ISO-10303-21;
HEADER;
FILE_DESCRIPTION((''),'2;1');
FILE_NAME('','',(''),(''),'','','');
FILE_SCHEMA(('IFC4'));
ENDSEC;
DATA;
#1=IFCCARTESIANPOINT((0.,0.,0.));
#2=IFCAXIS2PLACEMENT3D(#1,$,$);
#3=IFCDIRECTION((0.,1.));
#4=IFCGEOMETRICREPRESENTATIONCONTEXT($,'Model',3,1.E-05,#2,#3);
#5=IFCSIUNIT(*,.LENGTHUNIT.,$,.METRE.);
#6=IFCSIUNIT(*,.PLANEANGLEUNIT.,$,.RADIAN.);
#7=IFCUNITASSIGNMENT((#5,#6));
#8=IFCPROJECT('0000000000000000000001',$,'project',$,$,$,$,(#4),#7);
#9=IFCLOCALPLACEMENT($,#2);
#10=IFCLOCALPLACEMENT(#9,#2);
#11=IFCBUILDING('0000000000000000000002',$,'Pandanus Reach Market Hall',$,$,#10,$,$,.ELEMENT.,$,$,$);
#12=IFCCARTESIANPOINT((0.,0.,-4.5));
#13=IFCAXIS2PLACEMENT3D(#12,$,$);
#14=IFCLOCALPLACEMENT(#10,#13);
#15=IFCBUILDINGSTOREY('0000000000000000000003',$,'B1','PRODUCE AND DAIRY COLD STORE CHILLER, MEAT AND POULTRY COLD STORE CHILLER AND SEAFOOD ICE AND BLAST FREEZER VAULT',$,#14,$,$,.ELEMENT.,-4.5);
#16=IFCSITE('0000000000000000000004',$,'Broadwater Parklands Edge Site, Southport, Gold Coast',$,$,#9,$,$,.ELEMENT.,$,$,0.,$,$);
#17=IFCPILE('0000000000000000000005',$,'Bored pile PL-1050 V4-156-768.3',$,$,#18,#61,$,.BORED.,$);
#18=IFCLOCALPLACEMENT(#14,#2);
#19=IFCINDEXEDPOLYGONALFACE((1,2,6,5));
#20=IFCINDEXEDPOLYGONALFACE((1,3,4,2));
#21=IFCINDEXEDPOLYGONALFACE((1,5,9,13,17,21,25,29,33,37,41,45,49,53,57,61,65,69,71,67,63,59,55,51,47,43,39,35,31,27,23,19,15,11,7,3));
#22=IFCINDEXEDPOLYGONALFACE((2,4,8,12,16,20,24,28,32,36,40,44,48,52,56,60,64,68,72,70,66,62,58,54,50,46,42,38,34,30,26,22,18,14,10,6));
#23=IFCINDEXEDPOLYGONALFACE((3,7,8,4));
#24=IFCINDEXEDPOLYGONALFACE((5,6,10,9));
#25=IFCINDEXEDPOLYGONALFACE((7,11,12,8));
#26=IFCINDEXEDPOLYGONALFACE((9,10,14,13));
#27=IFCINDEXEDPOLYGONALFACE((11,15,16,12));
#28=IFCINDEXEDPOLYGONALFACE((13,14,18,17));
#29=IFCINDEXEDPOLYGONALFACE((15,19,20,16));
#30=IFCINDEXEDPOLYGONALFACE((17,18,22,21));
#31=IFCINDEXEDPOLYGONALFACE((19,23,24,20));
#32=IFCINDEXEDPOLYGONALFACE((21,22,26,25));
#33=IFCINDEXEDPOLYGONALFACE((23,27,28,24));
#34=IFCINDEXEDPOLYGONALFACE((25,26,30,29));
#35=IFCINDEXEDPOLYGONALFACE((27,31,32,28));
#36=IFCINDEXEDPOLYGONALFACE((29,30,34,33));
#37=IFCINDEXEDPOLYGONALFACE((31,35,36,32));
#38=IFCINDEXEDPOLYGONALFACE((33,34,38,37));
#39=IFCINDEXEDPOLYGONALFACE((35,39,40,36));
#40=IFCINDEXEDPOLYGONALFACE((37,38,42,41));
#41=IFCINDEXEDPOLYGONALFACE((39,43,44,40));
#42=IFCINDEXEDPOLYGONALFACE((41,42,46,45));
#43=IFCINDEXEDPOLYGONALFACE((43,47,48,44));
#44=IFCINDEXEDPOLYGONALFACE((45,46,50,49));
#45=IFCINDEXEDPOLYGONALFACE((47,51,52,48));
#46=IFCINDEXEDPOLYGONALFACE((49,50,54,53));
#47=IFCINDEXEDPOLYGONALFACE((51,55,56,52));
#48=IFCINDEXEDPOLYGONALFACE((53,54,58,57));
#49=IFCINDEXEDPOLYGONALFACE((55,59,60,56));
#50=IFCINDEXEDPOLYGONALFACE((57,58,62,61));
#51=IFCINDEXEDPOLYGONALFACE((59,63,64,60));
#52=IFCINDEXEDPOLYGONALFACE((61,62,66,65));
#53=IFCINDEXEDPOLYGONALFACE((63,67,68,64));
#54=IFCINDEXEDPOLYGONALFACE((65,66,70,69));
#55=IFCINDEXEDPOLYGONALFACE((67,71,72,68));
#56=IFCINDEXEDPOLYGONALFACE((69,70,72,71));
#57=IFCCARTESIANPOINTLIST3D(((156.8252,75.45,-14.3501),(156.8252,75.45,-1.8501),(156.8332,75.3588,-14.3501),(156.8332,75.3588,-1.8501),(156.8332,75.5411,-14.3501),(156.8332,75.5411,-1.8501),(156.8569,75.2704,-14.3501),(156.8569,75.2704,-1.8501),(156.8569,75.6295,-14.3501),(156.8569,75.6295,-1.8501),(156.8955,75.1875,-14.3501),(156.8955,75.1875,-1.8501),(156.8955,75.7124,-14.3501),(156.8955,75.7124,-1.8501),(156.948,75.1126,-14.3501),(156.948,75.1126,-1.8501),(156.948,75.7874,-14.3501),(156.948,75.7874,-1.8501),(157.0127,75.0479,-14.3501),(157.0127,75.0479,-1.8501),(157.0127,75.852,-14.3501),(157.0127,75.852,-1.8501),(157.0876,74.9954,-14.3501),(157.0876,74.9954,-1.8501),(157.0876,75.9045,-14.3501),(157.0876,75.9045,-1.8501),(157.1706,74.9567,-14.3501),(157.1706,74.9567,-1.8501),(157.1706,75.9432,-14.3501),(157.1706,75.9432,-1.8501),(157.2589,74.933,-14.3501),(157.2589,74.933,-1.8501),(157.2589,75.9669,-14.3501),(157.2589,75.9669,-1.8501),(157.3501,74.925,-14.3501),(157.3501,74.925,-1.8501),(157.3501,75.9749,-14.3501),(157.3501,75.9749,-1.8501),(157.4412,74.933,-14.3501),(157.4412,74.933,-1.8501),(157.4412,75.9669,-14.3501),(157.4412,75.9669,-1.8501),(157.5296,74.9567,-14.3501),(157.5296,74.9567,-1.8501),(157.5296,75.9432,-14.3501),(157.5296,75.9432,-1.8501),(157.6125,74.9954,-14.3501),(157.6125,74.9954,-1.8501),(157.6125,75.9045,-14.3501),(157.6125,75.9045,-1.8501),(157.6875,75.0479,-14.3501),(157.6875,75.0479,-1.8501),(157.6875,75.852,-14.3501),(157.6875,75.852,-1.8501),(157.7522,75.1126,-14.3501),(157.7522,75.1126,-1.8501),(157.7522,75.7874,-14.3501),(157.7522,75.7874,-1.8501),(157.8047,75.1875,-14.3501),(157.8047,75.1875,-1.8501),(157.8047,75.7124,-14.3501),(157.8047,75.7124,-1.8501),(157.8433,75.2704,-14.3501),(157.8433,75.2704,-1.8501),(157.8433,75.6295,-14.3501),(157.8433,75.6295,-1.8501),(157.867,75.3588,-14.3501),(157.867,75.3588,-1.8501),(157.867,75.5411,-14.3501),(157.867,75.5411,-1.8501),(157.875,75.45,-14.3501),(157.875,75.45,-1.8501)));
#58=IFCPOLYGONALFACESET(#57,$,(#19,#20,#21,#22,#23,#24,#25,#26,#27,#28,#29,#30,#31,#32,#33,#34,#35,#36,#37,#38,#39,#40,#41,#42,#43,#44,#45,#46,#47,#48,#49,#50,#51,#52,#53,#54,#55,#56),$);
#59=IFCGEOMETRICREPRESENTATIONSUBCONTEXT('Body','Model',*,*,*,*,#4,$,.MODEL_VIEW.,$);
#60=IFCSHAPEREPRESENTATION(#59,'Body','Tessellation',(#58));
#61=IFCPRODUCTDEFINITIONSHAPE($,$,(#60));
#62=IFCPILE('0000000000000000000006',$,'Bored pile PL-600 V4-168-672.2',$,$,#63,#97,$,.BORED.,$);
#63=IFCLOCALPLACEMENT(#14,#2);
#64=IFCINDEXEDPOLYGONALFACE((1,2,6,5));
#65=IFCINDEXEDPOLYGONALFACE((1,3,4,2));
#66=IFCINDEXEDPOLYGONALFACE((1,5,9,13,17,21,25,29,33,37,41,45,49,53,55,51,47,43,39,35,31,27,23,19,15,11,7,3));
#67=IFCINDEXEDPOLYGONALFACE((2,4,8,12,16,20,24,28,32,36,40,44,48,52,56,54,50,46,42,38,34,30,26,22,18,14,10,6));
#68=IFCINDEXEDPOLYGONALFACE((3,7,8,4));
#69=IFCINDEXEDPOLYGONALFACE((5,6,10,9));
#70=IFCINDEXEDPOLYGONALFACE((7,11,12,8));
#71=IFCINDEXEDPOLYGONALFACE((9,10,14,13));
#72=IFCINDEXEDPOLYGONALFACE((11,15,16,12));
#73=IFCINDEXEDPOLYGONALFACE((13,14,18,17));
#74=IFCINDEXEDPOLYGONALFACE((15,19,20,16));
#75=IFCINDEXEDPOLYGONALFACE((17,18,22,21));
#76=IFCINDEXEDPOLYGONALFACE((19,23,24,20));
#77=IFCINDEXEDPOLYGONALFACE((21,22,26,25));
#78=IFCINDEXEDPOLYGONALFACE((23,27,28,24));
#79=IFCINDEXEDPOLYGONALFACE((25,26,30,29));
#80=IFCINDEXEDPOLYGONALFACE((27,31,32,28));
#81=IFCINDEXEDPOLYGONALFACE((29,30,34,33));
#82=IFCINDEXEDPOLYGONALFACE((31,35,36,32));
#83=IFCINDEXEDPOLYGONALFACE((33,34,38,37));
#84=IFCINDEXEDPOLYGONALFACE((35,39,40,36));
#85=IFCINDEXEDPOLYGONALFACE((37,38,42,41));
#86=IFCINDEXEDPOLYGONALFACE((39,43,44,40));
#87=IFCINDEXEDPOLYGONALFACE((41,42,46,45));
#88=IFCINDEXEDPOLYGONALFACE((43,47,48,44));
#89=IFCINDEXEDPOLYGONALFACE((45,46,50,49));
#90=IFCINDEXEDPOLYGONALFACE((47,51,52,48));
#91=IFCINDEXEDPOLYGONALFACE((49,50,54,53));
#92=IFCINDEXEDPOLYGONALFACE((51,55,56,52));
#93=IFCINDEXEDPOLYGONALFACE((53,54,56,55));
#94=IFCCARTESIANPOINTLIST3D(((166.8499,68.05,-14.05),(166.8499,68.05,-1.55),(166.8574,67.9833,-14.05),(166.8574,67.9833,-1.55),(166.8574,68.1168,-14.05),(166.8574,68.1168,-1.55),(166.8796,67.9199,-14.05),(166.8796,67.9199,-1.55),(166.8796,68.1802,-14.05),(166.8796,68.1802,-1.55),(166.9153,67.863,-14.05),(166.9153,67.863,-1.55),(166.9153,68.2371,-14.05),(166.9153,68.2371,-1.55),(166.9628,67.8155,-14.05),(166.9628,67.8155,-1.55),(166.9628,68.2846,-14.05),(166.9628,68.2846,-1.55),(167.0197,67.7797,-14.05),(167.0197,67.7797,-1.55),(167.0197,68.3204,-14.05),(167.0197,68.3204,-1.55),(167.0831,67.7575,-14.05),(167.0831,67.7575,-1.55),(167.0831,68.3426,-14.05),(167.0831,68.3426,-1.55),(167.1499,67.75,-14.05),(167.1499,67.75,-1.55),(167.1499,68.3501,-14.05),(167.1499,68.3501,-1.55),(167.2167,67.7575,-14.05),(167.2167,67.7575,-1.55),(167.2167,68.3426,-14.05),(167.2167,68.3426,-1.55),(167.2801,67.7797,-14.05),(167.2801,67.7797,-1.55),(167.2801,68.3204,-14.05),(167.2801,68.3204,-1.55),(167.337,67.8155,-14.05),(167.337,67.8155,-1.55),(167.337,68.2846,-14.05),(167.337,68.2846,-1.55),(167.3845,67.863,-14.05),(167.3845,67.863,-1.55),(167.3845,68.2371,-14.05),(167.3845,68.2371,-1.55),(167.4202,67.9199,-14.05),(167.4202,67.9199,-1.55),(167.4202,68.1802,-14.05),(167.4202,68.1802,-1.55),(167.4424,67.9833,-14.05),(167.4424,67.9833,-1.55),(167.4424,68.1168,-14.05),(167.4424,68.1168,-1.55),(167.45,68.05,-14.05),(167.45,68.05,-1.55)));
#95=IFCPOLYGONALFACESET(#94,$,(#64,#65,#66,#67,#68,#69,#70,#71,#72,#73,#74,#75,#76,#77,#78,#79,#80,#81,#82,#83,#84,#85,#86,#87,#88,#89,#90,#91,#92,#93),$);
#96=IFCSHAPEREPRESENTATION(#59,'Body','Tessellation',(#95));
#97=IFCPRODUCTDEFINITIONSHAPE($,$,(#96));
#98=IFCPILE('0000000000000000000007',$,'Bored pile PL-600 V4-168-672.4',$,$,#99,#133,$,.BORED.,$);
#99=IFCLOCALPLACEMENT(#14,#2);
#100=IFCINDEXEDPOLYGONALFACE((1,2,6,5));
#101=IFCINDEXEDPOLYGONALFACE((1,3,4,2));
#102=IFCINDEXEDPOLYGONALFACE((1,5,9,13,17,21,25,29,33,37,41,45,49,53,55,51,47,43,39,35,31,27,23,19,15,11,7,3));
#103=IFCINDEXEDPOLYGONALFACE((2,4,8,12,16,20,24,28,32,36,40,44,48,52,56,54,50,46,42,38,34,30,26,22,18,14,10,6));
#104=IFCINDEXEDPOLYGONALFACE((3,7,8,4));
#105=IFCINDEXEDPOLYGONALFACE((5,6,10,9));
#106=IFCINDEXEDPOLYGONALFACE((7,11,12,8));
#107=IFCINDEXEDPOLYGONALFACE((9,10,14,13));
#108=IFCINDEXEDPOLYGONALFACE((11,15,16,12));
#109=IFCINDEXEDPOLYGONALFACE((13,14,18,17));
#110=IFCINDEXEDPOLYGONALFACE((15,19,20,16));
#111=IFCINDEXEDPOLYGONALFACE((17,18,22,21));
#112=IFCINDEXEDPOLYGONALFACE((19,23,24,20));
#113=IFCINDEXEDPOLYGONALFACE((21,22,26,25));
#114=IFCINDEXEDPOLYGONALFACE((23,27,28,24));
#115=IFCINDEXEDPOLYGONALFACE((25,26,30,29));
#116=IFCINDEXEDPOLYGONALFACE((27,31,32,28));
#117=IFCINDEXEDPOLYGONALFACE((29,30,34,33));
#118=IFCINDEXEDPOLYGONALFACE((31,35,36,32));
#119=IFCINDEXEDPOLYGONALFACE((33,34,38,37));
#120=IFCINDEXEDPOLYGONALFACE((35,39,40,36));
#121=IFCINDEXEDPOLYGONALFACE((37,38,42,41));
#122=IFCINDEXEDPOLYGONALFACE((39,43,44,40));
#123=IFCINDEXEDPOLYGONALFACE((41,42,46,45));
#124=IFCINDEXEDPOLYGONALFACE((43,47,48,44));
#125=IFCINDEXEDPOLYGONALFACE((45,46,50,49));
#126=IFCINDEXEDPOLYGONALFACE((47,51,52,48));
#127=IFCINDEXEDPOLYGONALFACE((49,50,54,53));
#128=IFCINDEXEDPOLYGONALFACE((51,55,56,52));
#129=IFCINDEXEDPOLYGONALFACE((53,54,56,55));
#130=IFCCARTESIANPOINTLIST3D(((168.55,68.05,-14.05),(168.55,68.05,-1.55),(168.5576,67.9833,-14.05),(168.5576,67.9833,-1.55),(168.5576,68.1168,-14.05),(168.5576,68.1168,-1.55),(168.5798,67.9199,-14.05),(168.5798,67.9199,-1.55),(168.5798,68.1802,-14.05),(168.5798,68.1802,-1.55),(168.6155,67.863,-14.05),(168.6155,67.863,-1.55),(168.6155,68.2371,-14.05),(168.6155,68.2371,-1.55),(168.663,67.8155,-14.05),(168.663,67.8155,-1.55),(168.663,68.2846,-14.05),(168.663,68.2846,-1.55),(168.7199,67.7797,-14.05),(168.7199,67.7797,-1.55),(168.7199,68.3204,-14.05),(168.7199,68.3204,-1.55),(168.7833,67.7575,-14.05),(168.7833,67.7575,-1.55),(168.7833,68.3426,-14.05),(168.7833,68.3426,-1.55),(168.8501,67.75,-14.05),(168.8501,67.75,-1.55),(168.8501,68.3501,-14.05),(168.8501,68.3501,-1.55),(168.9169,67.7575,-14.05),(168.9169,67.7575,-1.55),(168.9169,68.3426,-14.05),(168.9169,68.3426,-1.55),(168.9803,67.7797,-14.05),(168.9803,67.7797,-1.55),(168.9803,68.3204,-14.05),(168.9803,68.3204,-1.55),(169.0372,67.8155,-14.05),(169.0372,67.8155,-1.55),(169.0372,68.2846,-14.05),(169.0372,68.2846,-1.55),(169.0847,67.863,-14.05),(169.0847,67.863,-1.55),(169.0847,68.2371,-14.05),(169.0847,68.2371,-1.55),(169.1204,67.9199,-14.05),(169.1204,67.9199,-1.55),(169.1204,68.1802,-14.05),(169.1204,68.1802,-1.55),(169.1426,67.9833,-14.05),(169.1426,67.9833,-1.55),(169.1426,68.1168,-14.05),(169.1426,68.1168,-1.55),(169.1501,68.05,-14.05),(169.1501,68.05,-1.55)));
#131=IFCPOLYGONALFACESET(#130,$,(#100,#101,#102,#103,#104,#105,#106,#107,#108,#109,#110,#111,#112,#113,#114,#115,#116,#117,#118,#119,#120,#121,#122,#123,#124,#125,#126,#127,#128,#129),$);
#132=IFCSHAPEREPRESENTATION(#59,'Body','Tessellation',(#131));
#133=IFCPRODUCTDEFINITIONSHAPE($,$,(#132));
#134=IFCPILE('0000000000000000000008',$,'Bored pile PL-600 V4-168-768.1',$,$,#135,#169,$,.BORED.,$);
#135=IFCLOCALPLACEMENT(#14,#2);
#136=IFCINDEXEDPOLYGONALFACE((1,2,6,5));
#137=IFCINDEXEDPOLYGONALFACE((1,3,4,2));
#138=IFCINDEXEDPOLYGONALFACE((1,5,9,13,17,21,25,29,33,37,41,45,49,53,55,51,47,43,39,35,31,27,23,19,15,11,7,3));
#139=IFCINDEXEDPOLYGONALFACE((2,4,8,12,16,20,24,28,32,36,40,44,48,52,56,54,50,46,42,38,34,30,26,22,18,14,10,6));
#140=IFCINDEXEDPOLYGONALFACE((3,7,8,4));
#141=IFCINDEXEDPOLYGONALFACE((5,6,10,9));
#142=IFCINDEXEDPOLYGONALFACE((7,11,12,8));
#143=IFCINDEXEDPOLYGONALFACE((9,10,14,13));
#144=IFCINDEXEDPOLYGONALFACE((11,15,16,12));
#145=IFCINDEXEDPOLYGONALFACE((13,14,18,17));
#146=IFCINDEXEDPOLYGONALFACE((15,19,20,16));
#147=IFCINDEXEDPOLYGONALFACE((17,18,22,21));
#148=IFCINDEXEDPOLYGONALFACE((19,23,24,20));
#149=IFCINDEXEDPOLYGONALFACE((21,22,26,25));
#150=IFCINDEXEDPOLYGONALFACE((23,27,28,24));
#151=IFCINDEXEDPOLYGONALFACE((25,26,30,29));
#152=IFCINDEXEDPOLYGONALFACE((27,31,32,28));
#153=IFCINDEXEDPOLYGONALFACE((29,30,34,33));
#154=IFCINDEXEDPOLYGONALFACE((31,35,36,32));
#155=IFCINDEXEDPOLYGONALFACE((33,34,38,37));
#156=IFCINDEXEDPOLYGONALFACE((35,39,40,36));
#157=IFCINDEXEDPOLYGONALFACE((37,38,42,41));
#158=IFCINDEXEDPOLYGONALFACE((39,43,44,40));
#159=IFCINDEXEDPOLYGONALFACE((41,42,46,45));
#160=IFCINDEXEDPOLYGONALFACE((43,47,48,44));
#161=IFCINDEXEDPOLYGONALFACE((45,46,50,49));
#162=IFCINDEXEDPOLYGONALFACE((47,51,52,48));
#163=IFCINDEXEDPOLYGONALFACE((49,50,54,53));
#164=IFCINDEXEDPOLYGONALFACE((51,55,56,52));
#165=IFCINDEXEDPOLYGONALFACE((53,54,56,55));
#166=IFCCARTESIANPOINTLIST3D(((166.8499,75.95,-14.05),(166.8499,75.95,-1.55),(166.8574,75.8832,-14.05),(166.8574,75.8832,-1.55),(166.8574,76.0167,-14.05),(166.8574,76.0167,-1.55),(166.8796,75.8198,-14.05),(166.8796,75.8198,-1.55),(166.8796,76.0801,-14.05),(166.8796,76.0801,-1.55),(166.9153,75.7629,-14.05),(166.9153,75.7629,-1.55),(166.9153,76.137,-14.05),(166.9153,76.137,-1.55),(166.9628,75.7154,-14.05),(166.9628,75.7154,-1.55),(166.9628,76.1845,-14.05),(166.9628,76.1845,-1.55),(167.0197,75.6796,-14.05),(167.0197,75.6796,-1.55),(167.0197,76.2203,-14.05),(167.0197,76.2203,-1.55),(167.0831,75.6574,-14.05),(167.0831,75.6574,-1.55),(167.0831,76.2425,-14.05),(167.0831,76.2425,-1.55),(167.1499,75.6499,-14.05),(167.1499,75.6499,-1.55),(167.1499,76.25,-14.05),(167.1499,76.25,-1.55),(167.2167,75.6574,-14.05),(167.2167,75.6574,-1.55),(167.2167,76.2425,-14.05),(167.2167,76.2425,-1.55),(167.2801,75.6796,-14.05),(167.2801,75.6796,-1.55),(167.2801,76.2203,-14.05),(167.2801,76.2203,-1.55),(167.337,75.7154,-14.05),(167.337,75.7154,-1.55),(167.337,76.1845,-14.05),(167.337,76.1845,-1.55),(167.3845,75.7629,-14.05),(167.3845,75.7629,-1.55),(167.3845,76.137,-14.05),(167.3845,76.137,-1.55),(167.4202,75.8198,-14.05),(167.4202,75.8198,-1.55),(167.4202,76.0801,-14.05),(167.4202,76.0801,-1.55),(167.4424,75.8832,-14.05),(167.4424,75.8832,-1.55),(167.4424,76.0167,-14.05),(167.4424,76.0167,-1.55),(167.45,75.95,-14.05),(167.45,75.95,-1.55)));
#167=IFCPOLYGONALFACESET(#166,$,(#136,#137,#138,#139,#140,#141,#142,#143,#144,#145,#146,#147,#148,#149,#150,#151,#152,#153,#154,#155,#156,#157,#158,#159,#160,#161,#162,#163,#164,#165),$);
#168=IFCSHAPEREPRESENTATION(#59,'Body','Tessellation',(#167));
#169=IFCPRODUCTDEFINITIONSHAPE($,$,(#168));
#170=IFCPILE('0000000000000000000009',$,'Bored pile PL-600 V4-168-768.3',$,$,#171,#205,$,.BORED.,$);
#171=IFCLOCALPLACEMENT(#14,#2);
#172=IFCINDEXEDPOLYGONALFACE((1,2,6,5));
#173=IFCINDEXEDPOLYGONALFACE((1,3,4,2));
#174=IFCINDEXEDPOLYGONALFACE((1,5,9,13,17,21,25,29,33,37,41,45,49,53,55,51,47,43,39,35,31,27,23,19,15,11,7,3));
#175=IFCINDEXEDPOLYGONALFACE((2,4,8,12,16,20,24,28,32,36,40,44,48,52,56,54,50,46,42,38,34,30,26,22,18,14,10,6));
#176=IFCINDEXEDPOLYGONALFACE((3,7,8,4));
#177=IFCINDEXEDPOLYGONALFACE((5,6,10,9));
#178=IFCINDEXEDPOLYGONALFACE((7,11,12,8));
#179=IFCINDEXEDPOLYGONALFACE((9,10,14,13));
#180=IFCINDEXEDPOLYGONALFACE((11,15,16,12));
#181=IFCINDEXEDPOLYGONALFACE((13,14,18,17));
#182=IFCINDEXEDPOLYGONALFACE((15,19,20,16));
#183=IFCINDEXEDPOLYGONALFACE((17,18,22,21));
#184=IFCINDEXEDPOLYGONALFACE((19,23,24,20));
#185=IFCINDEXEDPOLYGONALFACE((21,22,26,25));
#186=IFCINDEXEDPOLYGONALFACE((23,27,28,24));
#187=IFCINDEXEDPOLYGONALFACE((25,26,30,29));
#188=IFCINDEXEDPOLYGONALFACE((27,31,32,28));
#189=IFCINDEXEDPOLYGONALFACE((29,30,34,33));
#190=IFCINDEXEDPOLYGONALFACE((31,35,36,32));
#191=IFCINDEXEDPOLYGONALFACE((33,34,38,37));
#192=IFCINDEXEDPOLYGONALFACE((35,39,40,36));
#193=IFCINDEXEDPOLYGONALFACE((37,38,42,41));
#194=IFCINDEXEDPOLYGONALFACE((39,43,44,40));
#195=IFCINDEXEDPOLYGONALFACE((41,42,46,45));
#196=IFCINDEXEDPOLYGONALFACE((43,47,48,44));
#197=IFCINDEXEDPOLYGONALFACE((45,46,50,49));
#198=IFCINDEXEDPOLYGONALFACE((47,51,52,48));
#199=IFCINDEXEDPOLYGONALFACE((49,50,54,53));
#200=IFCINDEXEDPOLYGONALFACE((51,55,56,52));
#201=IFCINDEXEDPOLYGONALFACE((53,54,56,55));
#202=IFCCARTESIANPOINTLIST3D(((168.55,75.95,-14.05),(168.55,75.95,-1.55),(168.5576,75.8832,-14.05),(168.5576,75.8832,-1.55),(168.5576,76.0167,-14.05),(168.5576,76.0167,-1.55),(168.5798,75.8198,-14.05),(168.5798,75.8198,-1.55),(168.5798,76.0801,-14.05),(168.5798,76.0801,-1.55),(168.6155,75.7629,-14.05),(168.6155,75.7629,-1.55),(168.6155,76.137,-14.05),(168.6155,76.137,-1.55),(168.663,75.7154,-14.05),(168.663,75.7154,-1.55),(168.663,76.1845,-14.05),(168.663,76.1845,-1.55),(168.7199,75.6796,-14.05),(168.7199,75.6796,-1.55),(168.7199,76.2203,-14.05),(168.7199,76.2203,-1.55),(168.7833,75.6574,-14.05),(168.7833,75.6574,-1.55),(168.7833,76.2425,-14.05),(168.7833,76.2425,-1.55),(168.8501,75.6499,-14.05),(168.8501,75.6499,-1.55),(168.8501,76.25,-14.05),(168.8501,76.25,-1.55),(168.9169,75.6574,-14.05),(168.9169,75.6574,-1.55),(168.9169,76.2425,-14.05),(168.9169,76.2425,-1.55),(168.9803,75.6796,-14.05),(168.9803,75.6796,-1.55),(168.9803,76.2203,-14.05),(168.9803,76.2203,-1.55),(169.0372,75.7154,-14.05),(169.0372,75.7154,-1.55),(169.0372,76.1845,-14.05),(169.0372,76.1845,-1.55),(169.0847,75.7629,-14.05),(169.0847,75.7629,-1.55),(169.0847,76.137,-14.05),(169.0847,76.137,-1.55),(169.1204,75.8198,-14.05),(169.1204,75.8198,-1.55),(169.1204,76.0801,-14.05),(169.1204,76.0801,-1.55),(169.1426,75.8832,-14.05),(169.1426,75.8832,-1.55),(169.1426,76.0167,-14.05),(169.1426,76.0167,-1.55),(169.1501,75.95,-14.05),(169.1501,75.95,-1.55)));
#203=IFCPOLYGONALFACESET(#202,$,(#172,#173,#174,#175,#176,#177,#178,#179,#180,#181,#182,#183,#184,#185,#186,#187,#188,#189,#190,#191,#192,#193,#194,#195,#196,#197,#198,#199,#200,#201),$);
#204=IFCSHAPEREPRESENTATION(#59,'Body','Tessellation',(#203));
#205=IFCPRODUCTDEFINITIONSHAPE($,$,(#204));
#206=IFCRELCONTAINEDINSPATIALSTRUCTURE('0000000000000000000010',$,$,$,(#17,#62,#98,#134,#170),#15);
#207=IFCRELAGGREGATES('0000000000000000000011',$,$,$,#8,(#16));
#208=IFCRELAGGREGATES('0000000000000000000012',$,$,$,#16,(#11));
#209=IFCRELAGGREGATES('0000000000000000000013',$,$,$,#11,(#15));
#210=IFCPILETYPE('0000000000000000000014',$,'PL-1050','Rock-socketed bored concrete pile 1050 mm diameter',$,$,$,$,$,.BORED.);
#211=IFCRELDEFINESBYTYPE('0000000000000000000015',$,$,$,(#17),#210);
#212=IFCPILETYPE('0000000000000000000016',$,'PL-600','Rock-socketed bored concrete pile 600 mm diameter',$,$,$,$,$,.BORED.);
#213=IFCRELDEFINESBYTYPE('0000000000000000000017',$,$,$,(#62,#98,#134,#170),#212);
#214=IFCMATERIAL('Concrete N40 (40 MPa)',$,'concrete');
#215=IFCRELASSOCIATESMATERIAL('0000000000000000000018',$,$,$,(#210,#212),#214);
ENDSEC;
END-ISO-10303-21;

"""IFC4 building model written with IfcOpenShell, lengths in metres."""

from ifc_helpers import new_model, si_unit, direction, frame, origin, origin_2d, place, context, subcontext, project, spatial, circle, extrude, material, material_profile, profile_set, type_object, element, save


model = new_model("IFC4")

# Units and contexts
model_context = context("Model", 3, precision=1e-05, world=origin(), true_north=direction((0.0, 1.0)))
body_context = subcontext(model_context, "Body", "Model", "MODEL_VIEW")
ifc_project = project(units=[si_unit("LENGTHUNIT", "METRE"), si_unit("PLANEANGLEUNIT", "RADIAN")], contexts=[model_context])

# Site, building, storey
site_placement = place(None, origin())
site = spatial("IfcSite", under=ifc_project, at=site_placement, Name="Broadwater Parklands Edge Site, Southport, Gold Coast", CompositionType="ELEMENT", RefElevation=0.0)
building_placement = place(site_placement, origin())
building = spatial("IfcBuilding", under=site, at=building_placement, Name="Pandanus Reach Market Hall", CompositionType="ELEMENT")
storey_placement = place(building_placement, frame((0.0, 0.0, -4.5)))
storey = spatial("IfcBuildingStorey", under=building, at=storey_placement, Name="B1", Description="PRODUCE AND DAIRY COLD STORE CHILLER, MEAT AND POULTRY COLD STORE CHILLER AND SEAFOOD ICE AND BLAST FREEZER VAULT", CompositionType="ELEMENT", Elevation=-4.5)

# Shared definitions
ifc_material_1 = material(Name="Concrete N40 (40 MPa)", Category="concrete")

# Piles
ifc_material_profile_1 = material_profile(ifc_material_1, circle(Radius=0.5249, at=origin_2d()), Name="PILE-1050D", Category="LoadBearing")
ifc_profile_set_1 = profile_set([ifc_material_profile_1], Name="Concrete N40 (40 MPa)")
pile_type_1 = type_object("IfcPileType", Name="PL-1050", Description="Rock-socketed bored concrete pile 1050 mm diameter", PredefinedType="BORED", material=ifc_profile_set_1)
for number, where, z_axis, x_axis, name in (
    (1, (157.3501, 75.45, -1.8501), (0.0, 0.0, -1.0), (1.0, 0.0, 0.0), "Bored pile PL-1050 V4-156-768.3"),
):
    element("IfcPile", number, at=place(storey_placement, frame(where, z_axis=z_axis, x_axis=x_axis)), inside=storey, type_object=pile_type_1, Name=name, PredefinedType="BORED", context=body_context, shape_type="SweptSolid", body=[
        extrude(circle(Radius=0.5249, at=origin_2d()), origin(), (0.0, 0.0, 1.0), 12.5),
    ])
ifc_material_profile_2 = material_profile(ifc_material_1, circle(Radius=0.3, at=origin_2d()), Name="PILE-600D", Category="LoadBearing")
ifc_profile_set_2 = profile_set([ifc_material_profile_2], Name="Concrete N40 (40 MPa)")
pile_type_2 = type_object("IfcPileType", Name="PL-600", Description="Rock-socketed bored concrete pile 600 mm diameter", PredefinedType="BORED", material=ifc_profile_set_2)
for number, where, z_axis, x_axis, name in (
    (2, (167.1499, 68.05, -1.55), (0.0, 0.0, -1.0), (1.0, 0.0, 0.0), "Bored pile PL-600 V4-168-672.2"),
    (3, (168.8501, 68.05, -1.55), (0.0, 0.0, -1.0), (1.0, 0.0, 0.0), "Bored pile PL-600 V4-168-672.4"),
    (4, (167.1499, 75.95, -1.55), (0.0, 0.0, -1.0), (1.0, 0.0, 0.0), "Bored pile PL-600 V4-168-768.1"),
    (5, (168.8501, 75.95, -1.55), (0.0, 0.0, -1.0), (1.0, 0.0, 0.0), "Bored pile PL-600 V4-168-768.3"),
):
    element("IfcPile", number, at=place(storey_placement, frame(where, z_axis=z_axis, x_axis=x_axis)), inside=storey, type_object=pile_type_2, Name=name, PredefinedType="BORED", context=body_context, shape_type="SweptSolid", body=[
        extrude(circle(Radius=0.3, at=origin_2d()), origin(), (0.0, 0.0, 1.0), 12.5),
    ])

save(model, "model.ifc")
